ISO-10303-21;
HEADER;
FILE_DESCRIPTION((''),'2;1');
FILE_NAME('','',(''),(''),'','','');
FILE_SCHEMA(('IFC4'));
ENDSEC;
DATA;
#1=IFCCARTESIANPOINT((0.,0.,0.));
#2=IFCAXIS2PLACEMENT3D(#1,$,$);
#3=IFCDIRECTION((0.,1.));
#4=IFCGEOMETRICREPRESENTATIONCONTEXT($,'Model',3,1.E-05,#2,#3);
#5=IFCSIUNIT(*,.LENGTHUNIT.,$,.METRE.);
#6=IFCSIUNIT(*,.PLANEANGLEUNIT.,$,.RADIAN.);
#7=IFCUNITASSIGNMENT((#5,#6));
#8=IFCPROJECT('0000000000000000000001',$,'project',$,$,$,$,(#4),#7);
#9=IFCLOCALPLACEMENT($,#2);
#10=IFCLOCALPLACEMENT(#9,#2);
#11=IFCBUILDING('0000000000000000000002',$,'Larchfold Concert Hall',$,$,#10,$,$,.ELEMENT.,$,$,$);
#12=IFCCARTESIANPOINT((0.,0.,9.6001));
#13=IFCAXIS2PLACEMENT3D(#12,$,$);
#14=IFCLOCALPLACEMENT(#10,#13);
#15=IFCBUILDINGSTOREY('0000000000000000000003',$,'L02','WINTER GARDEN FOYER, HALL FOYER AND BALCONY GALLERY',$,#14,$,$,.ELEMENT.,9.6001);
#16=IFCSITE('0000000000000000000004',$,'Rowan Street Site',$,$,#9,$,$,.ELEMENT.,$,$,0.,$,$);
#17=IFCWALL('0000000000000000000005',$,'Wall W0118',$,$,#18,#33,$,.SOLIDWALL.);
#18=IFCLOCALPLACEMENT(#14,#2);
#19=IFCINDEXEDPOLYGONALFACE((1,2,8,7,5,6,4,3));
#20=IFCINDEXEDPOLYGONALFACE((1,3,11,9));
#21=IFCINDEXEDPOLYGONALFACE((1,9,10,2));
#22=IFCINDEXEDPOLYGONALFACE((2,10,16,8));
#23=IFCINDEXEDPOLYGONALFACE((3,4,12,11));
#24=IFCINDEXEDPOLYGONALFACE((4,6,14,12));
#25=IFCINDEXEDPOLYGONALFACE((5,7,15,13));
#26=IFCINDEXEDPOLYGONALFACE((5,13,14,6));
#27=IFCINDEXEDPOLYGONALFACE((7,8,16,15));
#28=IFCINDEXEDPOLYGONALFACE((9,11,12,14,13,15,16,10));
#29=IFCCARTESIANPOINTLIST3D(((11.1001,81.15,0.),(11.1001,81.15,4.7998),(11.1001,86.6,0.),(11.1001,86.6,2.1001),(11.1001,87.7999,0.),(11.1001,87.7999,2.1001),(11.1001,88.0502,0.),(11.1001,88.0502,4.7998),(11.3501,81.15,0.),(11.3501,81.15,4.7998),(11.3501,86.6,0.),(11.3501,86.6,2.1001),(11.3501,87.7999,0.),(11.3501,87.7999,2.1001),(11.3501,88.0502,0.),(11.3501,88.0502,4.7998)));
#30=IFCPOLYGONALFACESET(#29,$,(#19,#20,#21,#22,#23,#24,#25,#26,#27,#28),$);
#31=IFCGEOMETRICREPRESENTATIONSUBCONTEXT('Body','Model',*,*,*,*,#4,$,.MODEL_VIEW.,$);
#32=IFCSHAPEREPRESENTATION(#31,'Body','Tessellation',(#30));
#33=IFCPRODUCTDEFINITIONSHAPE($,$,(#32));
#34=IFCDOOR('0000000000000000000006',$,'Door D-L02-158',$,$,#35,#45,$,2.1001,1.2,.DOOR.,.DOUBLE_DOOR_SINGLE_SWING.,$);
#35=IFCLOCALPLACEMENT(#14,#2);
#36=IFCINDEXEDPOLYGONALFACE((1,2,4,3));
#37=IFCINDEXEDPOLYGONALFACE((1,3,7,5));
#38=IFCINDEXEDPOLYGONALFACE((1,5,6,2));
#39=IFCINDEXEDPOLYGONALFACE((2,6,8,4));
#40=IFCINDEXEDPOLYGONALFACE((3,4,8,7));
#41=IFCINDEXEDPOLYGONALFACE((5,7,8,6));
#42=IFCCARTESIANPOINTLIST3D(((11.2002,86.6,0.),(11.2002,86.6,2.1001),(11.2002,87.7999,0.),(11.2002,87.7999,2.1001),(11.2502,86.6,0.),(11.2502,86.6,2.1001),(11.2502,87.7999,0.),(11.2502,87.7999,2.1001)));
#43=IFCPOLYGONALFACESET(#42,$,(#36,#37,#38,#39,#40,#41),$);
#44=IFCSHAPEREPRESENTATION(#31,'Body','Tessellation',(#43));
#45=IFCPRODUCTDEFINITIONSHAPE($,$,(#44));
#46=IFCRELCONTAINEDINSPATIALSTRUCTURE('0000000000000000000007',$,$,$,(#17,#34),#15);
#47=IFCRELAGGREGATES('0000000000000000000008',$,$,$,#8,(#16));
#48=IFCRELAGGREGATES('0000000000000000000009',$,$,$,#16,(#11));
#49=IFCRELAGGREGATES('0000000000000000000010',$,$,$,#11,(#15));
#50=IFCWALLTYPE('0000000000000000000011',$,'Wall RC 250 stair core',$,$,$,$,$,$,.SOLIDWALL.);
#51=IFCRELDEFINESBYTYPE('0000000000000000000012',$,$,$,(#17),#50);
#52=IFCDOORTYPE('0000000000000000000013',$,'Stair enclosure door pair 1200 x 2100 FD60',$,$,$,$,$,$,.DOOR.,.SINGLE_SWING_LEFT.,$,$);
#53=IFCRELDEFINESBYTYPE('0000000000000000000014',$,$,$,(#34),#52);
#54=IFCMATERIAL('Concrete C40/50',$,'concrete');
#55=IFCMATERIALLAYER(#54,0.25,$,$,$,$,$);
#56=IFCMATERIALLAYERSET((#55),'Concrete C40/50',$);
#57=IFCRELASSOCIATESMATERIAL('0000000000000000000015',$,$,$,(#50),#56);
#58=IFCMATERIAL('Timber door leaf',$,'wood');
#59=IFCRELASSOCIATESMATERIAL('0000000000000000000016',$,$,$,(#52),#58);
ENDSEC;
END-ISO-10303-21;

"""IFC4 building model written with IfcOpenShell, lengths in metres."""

from ifc_helpers import new_model, si_unit, direction, frame, frame_2d, origin, place, context, subcontext, project, spatial, rectangle, extrude, material, layer, layer_set, type_object, element, fill, save


model = new_model("IFC4")

# Units and contexts
model_context = context("Model", 3, precision=1e-05, world=origin(), true_north=direction((0.0, 1.0)))
body_context = subcontext(model_context, "Body", "Model", "MODEL_VIEW")
ifc_project = project(units=[si_unit("LENGTHUNIT", "METRE"), si_unit("PLANEANGLEUNIT", "RADIAN")], contexts=[model_context])

# Site, building, storey
site_placement = place(None, origin())
site = spatial("IfcSite", under=ifc_project, at=site_placement, Name="Rowan Street Site", CompositionType="ELEMENT", RefElevation=0.0)
building_placement = place(site_placement, origin())
building = spatial("IfcBuilding", under=site, at=building_placement, Name="Larchfold Concert Hall", CompositionType="ELEMENT")
storey_placement = place(building_placement, frame((0.0, 0.0, 9.6001)))
storey = spatial("IfcBuildingStorey", under=building, at=storey_placement, Name="L02", Description="WINTER GARDEN FOYER, HALL FOYER AND BALCONY GALLERY", CompositionType="ELEMENT", Elevation=9.6001)

# Shared definitions
ifc_material_1 = material(Name="Concrete C40/50", Category="concrete")
ifc_layer_1 = layer(ifc_material_1, 0.25)
ifc_layer_set_1 = layer_set([ifc_layer_1], Name="Concrete C40/50")
wall_type = type_object("IfcWallType", Name="Wall RC 250 stair core", PredefinedType="SOLIDWALL", material=ifc_layer_set_1)

# Wall, opening, door
wall_1_placement = place(storey_placement, frame((11.2251, 81.1499, 0.0), z_axis=(0.0, 0.0, 1.0), x_axis=(0.0, 1.0, 0.0)))
wall_1 = element("IfcWall", 1, at=wall_1_placement, inside=storey, type_object=wall_type, Name="Wall W0118", PredefinedType="SOLIDWALL", context=body_context, shape_type="SweptSolid", body=[
    extrude(rectangle(XDim=6.9001, YDim=0.25, at=frame_2d((3.4502, 0.0))), origin(), (0.0, 0.0, 1.0), 4.7998),
])
opening_placement = place(wall_1_placement, frame((5.45, 0.0, 0.0)))
opening = element("IfcOpeningElement", 2, at=opening_placement, cuts=wall_1, PredefinedType="OPENING", context=body_context, shape_type="SweptSolid", body=[
    extrude(rectangle(XDim=1.2, YDim=2.1001, at=frame_2d((0.6001, 1.05))), frame((0.0, 0.135, 0.0), z_axis=(0.0, -1.0, 0.0), x_axis=(1.0, 0.0, 0.0)), (0.0, 0.0, 1.0), 0.27),
])
ifc_material_2 = material(Name="Timber door leaf", Category="wood")
door_type = type_object("IfcDoorType", Name="Stair enclosure door pair 1200 x 2100 FD60", OperationType="SINGLE_SWING_LEFT", PredefinedType="DOOR", material=ifc_material_2)
door_placement = place(opening_placement, origin())
door = element("IfcDoor", 3, at=door_placement, inside=storey, type_object=door_type, Name="Door D-L02-158", OperationType="DOUBLE_DOOR_SINGLE_SWING", OverallHeight=2.1001, OverallWidth=1.2, PredefinedType="DOOR", context=body_context, shape_type="SweptSolid", body=[
    extrude(rectangle(XDim=1.2, YDim=2.1001, at=frame_2d((0.6001, 1.05))), frame((0.0, 0.0249, 0.0), z_axis=(0.0, -1.0, 0.0), x_axis=(1.0, 0.0, 0.0)), (0.0, 0.0, 1.0), 0.05),
])
fill(opening, door)

save(model, "model.ifc")
